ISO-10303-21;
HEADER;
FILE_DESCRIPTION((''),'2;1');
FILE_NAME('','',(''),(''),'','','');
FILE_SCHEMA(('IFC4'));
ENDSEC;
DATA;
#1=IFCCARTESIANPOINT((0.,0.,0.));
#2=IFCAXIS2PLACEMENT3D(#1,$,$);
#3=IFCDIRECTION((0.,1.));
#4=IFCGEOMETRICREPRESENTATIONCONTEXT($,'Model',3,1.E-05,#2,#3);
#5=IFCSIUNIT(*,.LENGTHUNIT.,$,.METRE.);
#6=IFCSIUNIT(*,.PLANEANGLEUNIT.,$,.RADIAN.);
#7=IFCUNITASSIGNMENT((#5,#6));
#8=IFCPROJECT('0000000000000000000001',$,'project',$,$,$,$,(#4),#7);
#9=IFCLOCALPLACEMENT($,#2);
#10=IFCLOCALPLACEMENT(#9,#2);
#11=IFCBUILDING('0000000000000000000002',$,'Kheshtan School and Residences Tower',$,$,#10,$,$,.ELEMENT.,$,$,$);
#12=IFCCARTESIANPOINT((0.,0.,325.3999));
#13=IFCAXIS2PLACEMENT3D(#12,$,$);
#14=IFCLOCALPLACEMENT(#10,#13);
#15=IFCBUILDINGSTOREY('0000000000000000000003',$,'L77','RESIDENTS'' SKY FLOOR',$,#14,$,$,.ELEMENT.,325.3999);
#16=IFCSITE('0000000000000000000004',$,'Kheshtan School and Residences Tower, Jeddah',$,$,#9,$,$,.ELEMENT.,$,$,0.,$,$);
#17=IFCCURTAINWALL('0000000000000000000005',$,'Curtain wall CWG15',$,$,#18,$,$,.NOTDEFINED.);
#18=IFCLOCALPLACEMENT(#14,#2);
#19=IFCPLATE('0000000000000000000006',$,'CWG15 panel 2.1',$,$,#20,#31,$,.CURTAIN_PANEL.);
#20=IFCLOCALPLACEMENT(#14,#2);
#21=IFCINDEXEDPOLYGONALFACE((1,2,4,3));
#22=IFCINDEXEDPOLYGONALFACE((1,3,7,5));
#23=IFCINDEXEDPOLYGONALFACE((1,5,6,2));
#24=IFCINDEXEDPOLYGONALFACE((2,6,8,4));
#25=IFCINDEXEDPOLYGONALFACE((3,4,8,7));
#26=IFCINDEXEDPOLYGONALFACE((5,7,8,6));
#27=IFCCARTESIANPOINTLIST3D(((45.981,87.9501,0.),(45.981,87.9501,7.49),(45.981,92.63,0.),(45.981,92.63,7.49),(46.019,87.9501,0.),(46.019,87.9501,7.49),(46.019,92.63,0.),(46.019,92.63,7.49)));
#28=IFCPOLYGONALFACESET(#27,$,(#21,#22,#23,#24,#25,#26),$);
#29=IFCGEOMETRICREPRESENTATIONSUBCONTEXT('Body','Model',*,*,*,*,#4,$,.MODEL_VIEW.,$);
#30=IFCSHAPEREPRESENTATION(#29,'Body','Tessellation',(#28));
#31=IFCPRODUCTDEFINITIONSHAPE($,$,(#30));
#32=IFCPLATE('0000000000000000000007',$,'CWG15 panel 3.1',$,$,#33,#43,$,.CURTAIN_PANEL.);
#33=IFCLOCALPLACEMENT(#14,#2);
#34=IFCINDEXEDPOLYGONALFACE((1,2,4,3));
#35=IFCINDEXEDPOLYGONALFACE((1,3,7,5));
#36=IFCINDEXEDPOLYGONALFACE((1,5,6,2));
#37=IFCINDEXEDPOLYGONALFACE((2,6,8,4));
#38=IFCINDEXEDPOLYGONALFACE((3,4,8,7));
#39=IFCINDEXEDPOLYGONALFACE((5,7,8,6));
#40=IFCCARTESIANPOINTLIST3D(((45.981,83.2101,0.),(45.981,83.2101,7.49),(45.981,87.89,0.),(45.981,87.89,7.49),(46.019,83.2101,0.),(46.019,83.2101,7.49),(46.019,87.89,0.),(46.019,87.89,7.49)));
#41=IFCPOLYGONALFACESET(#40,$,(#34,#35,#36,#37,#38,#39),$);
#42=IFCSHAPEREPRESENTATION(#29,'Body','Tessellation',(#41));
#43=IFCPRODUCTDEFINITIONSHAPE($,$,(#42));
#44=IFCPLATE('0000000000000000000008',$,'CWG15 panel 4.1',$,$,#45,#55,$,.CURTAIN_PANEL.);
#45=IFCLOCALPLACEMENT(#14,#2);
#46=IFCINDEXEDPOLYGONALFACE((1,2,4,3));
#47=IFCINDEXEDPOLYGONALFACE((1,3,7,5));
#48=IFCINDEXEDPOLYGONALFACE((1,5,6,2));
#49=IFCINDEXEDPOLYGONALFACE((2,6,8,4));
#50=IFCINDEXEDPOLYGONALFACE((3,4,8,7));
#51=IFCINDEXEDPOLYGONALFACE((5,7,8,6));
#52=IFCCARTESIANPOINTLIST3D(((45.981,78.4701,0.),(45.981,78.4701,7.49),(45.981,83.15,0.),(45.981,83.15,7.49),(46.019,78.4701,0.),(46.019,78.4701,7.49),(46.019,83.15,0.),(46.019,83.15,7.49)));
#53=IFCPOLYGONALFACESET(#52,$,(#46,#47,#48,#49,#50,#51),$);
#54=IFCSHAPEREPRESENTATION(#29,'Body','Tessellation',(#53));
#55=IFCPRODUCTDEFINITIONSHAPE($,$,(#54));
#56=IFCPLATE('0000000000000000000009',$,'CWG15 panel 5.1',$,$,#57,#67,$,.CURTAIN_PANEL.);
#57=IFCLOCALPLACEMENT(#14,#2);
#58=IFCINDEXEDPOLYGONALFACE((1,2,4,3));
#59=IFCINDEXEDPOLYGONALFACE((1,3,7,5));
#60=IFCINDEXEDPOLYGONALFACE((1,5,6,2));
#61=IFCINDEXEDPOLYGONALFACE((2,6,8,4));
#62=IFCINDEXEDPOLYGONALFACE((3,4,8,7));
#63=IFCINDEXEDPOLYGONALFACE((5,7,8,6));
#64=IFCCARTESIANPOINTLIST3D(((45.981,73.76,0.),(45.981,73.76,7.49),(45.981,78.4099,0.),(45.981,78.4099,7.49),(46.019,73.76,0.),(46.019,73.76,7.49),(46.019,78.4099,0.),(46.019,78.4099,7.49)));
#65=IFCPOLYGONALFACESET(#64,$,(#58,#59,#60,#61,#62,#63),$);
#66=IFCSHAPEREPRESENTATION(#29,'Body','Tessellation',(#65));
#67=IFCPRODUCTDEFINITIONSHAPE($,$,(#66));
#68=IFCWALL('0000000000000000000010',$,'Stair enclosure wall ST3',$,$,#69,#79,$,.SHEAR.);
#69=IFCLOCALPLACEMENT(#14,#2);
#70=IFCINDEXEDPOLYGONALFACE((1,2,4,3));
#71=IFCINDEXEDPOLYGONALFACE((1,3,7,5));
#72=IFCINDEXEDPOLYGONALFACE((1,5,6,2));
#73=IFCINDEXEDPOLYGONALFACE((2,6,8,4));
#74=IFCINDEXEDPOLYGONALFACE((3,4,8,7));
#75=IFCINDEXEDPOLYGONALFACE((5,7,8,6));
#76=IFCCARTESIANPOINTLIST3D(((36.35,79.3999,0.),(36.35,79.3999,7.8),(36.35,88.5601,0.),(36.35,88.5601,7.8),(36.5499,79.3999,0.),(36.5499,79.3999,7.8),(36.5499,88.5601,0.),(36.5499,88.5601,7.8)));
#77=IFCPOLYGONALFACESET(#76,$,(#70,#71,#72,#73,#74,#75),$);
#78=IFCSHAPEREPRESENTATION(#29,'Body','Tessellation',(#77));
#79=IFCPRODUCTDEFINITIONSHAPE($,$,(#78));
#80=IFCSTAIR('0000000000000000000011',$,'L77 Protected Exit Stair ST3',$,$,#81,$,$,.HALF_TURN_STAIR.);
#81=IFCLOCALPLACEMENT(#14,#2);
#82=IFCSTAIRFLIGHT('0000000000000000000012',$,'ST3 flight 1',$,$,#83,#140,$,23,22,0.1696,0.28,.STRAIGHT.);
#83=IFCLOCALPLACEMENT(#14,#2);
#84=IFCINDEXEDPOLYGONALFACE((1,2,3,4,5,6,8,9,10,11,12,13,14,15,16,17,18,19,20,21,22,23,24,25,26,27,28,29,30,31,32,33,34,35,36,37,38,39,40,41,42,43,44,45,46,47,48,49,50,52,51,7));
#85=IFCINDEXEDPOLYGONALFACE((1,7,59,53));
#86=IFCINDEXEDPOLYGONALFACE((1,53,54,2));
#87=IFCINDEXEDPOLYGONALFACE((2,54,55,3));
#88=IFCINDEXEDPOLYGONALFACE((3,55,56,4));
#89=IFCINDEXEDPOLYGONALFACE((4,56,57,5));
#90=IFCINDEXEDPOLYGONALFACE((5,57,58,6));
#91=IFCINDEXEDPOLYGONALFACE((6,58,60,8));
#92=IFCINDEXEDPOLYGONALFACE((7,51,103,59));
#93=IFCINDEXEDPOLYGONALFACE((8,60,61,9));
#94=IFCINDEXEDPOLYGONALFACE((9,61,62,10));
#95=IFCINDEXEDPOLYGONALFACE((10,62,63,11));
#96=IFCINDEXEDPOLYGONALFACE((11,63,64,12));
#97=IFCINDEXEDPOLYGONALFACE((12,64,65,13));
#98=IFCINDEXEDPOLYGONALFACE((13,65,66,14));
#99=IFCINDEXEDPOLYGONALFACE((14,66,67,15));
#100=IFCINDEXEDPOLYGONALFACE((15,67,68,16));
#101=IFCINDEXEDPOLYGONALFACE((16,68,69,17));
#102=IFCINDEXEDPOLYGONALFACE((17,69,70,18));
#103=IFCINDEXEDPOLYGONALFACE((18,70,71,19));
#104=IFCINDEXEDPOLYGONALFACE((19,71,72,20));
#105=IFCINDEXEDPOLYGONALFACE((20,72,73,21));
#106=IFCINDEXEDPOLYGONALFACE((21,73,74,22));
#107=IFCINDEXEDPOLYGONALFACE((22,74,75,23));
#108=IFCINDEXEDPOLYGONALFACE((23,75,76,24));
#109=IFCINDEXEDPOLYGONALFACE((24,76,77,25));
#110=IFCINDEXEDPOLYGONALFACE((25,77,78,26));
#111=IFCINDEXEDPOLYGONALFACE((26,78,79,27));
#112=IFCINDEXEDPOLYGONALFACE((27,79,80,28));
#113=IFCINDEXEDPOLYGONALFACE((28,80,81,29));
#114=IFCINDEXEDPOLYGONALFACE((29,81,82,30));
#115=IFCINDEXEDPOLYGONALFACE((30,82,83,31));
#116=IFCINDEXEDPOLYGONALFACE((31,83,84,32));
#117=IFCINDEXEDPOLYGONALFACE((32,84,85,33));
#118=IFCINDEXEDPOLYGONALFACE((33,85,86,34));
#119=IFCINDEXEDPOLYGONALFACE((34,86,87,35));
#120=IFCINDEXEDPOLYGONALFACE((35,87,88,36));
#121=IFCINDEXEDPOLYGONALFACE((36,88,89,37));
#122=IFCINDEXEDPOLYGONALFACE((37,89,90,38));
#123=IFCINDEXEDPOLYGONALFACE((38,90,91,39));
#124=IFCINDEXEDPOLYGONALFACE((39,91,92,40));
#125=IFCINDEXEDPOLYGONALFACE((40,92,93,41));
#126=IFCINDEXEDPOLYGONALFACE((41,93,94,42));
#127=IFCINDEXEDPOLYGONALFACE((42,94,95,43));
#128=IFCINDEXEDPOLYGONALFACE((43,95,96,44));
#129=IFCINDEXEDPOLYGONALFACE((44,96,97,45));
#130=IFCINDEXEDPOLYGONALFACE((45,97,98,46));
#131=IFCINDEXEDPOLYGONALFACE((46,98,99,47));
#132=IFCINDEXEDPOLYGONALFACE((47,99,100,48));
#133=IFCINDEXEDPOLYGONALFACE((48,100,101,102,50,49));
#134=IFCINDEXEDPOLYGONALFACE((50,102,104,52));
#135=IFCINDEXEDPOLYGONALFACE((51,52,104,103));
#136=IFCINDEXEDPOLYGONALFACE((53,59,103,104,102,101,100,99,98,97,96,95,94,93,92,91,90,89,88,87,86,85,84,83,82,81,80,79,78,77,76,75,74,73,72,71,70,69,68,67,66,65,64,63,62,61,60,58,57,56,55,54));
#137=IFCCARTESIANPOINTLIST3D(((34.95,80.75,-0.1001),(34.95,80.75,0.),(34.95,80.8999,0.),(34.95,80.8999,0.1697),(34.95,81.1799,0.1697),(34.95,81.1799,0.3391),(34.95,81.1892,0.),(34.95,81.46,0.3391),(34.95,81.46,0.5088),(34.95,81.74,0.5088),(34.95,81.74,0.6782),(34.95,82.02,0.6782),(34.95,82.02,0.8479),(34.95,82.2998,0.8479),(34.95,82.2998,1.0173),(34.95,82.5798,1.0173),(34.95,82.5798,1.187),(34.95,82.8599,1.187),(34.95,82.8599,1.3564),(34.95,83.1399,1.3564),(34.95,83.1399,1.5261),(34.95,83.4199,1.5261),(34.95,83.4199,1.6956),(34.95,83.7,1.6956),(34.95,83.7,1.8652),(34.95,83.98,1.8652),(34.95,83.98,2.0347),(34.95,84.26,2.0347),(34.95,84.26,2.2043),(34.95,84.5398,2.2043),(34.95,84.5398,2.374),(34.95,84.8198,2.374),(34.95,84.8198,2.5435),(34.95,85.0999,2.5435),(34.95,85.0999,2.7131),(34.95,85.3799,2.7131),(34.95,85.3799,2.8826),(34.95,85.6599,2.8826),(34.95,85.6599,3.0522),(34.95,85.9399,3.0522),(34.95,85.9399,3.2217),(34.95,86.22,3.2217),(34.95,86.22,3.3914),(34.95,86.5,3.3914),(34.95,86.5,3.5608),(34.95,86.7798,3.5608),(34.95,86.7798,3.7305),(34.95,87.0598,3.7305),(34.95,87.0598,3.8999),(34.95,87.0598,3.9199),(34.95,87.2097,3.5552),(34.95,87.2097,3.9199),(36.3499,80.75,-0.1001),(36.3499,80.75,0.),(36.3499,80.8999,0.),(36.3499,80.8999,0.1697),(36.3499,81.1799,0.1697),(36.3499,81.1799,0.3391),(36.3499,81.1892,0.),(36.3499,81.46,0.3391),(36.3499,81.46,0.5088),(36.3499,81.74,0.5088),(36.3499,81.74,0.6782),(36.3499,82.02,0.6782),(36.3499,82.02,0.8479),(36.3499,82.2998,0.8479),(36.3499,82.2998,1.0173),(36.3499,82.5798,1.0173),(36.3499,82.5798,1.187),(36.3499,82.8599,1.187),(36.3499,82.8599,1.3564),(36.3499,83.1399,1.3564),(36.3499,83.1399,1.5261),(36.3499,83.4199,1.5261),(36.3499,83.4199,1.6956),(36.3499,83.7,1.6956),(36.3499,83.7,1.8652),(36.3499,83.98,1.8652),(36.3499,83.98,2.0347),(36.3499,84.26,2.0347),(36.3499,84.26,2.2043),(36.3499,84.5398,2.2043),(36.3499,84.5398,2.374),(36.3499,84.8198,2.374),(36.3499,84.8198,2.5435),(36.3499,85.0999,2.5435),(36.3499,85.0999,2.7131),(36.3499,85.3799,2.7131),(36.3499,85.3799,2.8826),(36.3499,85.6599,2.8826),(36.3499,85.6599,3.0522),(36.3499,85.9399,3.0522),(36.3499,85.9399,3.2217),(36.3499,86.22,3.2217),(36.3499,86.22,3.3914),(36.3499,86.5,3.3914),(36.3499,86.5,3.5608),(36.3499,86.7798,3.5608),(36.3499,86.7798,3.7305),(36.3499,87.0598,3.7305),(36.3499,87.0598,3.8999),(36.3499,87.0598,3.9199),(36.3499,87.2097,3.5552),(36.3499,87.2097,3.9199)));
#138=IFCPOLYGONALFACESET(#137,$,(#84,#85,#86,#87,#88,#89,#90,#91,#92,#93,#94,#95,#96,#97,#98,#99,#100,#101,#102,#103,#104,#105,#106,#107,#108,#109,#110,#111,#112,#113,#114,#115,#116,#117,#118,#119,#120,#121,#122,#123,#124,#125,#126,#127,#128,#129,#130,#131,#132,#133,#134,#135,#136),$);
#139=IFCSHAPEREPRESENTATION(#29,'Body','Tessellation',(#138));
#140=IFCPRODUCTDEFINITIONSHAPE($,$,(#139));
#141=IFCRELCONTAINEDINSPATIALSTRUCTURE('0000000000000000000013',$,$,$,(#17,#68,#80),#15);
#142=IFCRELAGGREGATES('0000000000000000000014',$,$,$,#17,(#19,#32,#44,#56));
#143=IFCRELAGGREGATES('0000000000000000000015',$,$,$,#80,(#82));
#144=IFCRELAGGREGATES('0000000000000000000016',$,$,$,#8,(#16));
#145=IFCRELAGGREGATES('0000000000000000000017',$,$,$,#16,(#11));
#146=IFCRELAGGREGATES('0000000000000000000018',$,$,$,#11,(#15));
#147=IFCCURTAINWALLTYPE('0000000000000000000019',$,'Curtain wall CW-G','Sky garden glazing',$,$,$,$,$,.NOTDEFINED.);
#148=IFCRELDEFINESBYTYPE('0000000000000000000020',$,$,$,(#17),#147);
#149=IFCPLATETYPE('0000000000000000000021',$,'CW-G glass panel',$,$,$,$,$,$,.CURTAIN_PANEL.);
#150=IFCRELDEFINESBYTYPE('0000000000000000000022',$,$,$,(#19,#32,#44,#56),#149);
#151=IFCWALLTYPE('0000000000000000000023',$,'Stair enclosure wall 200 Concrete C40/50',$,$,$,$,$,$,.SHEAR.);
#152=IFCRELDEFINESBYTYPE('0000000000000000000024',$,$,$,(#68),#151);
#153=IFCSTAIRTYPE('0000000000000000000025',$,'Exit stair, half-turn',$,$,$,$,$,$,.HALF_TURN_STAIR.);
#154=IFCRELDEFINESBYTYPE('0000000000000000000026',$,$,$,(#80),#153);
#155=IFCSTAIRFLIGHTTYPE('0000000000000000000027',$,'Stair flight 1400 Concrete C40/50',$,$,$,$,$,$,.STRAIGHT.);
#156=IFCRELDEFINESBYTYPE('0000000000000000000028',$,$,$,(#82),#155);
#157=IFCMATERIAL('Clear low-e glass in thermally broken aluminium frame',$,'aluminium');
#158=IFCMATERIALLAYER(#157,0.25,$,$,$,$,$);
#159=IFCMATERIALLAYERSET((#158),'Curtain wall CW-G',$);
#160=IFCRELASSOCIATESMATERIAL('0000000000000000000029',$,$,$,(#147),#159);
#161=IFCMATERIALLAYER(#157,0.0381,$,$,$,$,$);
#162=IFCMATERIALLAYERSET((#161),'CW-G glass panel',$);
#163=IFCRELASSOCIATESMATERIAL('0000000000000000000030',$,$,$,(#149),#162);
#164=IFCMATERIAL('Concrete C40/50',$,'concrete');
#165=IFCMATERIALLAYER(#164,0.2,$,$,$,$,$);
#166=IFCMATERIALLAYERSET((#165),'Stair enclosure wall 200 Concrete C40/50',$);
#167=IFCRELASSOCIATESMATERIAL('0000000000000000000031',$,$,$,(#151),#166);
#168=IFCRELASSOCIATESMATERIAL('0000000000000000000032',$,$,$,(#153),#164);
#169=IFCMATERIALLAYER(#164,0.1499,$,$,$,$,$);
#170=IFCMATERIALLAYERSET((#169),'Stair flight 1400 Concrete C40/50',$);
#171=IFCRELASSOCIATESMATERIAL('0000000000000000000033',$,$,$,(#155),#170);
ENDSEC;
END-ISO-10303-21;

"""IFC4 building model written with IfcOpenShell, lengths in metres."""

from ifc_helpers import new_model, si_unit, direction, frame, frame_2d, origin, origin_2d, place, context, subcontext, project, spatial, polyline, rectangle, outline, extrude, material, layer, layer_set, type_object, element, aggregate, save


model = new_model("IFC4")

# Units and contexts
model_context = context("Model", 3, precision=1e-05, world=origin(), true_north=direction((0.0, 1.0)))
body_context = subcontext(model_context, "Body", "Model", "MODEL_VIEW")
ifc_project = project(units=[si_unit("LENGTHUNIT", "METRE"), si_unit("PLANEANGLEUNIT", "RADIAN")], contexts=[model_context])

# Site, building, storey
site_placement = place(None, origin())
site = spatial("IfcSite", under=ifc_project, at=site_placement, Name="Kheshtan School and Residences Tower, Jeddah", CompositionType="ELEMENT", RefElevation=0.0)
building_placement = place(site_placement, origin())
building = spatial("IfcBuilding", under=site, at=building_placement, Name="Kheshtan School and Residences Tower", CompositionType="ELEMENT")
storey_placement = place(building_placement, frame((0.0, 0.0, 325.3999)))
storey = spatial("IfcBuildingStorey", under=building, at=storey_placement, Name="L77", Description="RESIDENTS' SKY FLOOR", CompositionType="ELEMENT", Elevation=325.3999)

# Curtain wall, plates
ifc_material_1 = material(Name="Clear low-e glass in thermally broken aluminium frame", Category="aluminium")
ifc_layer_1 = layer(ifc_material_1, 0.25)
ifc_layer_set_1 = layer_set([ifc_layer_1], Name="Curtain wall CW-G")
curtain_wall_type = type_object("IfcCurtainWallType", Name="Curtain wall CW-G", Description="Sky garden glazing", PredefinedType="NOTDEFINED", material=ifc_layer_set_1)
curtain_wall_placement = place(storey_placement, origin())
curtain_wall = element("IfcCurtainWall", 1, at=curtain_wall_placement, inside=storey, type_object=curtain_wall_type, Name="Curtain wall CWG15", PredefinedType="NOTDEFINED")
ifc_layer_2 = layer(ifc_material_1, 0.0381)
ifc_layer_set_2 = layer_set([ifc_layer_2], Name="CW-G glass panel")
plate_type = type_object("IfcPlateType", Name="CW-G glass panel", PredefinedType="CURTAIN_PANEL", material=ifc_layer_set_2)
plate_1_placement = place(storey_placement, frame((46.0, 90.29, 0.0), z_axis=(0.0, 0.0, 1.0), x_axis=(0.0, -1.0, 0.0)))
plate_1 = element("IfcPlate", 2, at=plate_1_placement, type_object=plate_type, Name="CWG15 panel 2.1", PredefinedType="CURTAIN_PANEL", context=body_context, shape_type="SweptSolid", body=[
    extrude(rectangle(XDim=4.6799, YDim=0.0381, at=origin_2d()), origin(), (0.0, 0.0, 1.0), 7.49),
])
plate_2_placement = place(storey_placement, frame((46.0, 85.55, 0.0), z_axis=(0.0, 0.0, 1.0), x_axis=(0.0, -1.0, 0.0)))
plate_2 = element("IfcPlate", 3, at=plate_2_placement, type_object=plate_type, Name="CWG15 panel 3.1", PredefinedType="CURTAIN_PANEL", context=body_context, shape_type="SweptSolid", body=[
    extrude(rectangle(XDim=4.6799, YDim=0.0381, at=origin_2d()), origin(), (0.0, 0.0, 1.0), 7.49),
])
plate_3_placement = place(storey_placement, frame((46.0, 80.8101, 0.0), z_axis=(0.0, 0.0, 1.0), x_axis=(0.0, -1.0, 0.0)))
plate_3 = element("IfcPlate", 4, at=plate_3_placement, type_object=plate_type, Name="CWG15 panel 4.1", PredefinedType="CURTAIN_PANEL", context=body_context, shape_type="SweptSolid", body=[
    extrude(rectangle(XDim=4.6799, YDim=0.0381, at=origin_2d()), origin(), (0.0, 0.0, 1.0), 7.49),
])
plate_4_placement = place(storey_placement, frame((46.0, 76.085, 0.0), z_axis=(0.0, 0.0, 1.0), x_axis=(0.0, -1.0, 0.0)))
plate_4 = element("IfcPlate", 5, at=plate_4_placement, type_object=plate_type, Name="CWG15 panel 5.1", PredefinedType="CURTAIN_PANEL", context=body_context, shape_type="SweptSolid", body=[
    extrude(rectangle(XDim=4.6499, YDim=0.0381, at=origin_2d()), origin(), (0.0, 0.0, 1.0), 7.49),
])
aggregate(curtain_wall, [plate_1, plate_2, plate_3, plate_4])

# Wall
ifc_material_2 = material(Name="Concrete C40/50", Category="concrete")
ifc_layer_3 = layer(ifc_material_2, 0.2)
ifc_layer_set_3 = layer_set([ifc_layer_3], Name="Stair enclosure wall 200 Concrete C40/50")
wall_type = type_object("IfcWallType", Name="Stair enclosure wall 200 Concrete C40/50", PredefinedType="SHEAR", material=ifc_layer_set_3)
wall_placement = place(storey_placement, frame((36.45, 79.3999, 0.0), z_axis=(0.0, 0.0, 1.0), x_axis=(0.0, 1.0, 0.0)))
element("IfcWall", 6, at=wall_placement, inside=storey, type_object=wall_type, Name="Stair enclosure wall ST3", PredefinedType="SHEAR", context=body_context, shape_type="SweptSolid", body=[
    extrude(rectangle(XDim=9.1602, YDim=0.2, at=frame_2d((4.5801, 0.0))), origin(), (0.0, 0.0, 1.0), 7.8),
])

# Stair, stair flight
stair_type = type_object("IfcStairType", Name="Exit stair, half-turn", PredefinedType="HALF_TURN_STAIR", material=ifc_material_2)
stair_placement = place(storey_placement, origin())
stair = element("IfcStair", 7, at=stair_placement, inside=storey, type_object=stair_type, Name="L77 Protected Exit Stair ST3", PredefinedType="HALF_TURN_STAIR")
ifc_layer_4 = layer(ifc_material_2, 0.1499)
ifc_layer_set_4 = layer_set([ifc_layer_4], Name="Stair flight 1400 Concrete C40/50")
stair_flight_type = type_object("IfcStairFlightType", Name="Stair flight 1400 Concrete C40/50", PredefinedType="STRAIGHT", material=ifc_layer_set_4)
stair_flight_1_placement = place(storey_placement, frame((35.6499, 80.8999, 0.0), z_axis=(0.0, 0.0, 1.0), x_axis=(0.0, 1.0, 0.0)))
stair_flight_1 = element("IfcStairFlight", 8, at=stair_flight_1_placement, type_object=stair_flight_type, Name="ST3 flight 1", NumberOfRisers=23, NumberOfTreads=22, PredefinedType="STRAIGHT", RiserHeight=0.1696, TreadLength=0.28, context=body_context, shape_type="SweptSolid", body=[
    extrude(outline(polyline([(-0.1499, -0.1001), (-0.1499, 0.0), (0.0, 0.0), (0.0, 0.1697), (0.28, 0.1697), (0.28, 0.3391), (0.5601, 0.3391), (0.5601, 0.5088), (0.8401, 0.5088), (0.8401, 0.6782), (1.1201, 0.6782), (1.1201, 0.8479), (1.3999, 0.8479), (1.3999, 1.0173), (1.6799, 1.0173), (1.6799, 1.187), (1.96, 1.187), (1.96, 1.3564), (2.24, 1.3564), (2.24, 1.5261), (2.52, 1.5261), (2.52, 1.6956), (2.8, 1.6956), (2.8, 1.8652), (3.0801, 1.8652), (3.0801, 2.0347), (3.3601, 2.0347), (3.3601, 2.2043), (3.6399, 2.2043), (3.6399, 2.374), (3.9199, 2.374), (3.9199, 2.5435), (4.2, 2.5435), (4.2, 2.7131), (4.48, 2.7131), (4.48, 2.8826), (4.76, 2.8826), (4.76, 3.0522), (5.04, 3.0522), (5.04, 3.2217), (5.3201, 3.2217), (5.3201, 3.3914), (5.6001, 3.3914), (5.6001, 3.5608), (5.8799, 3.5608), (5.8799, 3.7305), (6.1599, 3.7305), (6.1599, 3.8999), (6.1599, 3.9199), (6.3098, 3.9199), (6.3098, 3.5552), (0.2893, 0.0), (-0.1499, -0.1001)])), frame((0.0, 0.7, 0.0), z_axis=(0.0, -1.0, 0.0), x_axis=(1.0, 0.0, 0.0)), (0.0, 0.0, 1.0), 1.3999),
])
aggregate(stair, [stair_flight_1])

save(model, "model.ifc")
